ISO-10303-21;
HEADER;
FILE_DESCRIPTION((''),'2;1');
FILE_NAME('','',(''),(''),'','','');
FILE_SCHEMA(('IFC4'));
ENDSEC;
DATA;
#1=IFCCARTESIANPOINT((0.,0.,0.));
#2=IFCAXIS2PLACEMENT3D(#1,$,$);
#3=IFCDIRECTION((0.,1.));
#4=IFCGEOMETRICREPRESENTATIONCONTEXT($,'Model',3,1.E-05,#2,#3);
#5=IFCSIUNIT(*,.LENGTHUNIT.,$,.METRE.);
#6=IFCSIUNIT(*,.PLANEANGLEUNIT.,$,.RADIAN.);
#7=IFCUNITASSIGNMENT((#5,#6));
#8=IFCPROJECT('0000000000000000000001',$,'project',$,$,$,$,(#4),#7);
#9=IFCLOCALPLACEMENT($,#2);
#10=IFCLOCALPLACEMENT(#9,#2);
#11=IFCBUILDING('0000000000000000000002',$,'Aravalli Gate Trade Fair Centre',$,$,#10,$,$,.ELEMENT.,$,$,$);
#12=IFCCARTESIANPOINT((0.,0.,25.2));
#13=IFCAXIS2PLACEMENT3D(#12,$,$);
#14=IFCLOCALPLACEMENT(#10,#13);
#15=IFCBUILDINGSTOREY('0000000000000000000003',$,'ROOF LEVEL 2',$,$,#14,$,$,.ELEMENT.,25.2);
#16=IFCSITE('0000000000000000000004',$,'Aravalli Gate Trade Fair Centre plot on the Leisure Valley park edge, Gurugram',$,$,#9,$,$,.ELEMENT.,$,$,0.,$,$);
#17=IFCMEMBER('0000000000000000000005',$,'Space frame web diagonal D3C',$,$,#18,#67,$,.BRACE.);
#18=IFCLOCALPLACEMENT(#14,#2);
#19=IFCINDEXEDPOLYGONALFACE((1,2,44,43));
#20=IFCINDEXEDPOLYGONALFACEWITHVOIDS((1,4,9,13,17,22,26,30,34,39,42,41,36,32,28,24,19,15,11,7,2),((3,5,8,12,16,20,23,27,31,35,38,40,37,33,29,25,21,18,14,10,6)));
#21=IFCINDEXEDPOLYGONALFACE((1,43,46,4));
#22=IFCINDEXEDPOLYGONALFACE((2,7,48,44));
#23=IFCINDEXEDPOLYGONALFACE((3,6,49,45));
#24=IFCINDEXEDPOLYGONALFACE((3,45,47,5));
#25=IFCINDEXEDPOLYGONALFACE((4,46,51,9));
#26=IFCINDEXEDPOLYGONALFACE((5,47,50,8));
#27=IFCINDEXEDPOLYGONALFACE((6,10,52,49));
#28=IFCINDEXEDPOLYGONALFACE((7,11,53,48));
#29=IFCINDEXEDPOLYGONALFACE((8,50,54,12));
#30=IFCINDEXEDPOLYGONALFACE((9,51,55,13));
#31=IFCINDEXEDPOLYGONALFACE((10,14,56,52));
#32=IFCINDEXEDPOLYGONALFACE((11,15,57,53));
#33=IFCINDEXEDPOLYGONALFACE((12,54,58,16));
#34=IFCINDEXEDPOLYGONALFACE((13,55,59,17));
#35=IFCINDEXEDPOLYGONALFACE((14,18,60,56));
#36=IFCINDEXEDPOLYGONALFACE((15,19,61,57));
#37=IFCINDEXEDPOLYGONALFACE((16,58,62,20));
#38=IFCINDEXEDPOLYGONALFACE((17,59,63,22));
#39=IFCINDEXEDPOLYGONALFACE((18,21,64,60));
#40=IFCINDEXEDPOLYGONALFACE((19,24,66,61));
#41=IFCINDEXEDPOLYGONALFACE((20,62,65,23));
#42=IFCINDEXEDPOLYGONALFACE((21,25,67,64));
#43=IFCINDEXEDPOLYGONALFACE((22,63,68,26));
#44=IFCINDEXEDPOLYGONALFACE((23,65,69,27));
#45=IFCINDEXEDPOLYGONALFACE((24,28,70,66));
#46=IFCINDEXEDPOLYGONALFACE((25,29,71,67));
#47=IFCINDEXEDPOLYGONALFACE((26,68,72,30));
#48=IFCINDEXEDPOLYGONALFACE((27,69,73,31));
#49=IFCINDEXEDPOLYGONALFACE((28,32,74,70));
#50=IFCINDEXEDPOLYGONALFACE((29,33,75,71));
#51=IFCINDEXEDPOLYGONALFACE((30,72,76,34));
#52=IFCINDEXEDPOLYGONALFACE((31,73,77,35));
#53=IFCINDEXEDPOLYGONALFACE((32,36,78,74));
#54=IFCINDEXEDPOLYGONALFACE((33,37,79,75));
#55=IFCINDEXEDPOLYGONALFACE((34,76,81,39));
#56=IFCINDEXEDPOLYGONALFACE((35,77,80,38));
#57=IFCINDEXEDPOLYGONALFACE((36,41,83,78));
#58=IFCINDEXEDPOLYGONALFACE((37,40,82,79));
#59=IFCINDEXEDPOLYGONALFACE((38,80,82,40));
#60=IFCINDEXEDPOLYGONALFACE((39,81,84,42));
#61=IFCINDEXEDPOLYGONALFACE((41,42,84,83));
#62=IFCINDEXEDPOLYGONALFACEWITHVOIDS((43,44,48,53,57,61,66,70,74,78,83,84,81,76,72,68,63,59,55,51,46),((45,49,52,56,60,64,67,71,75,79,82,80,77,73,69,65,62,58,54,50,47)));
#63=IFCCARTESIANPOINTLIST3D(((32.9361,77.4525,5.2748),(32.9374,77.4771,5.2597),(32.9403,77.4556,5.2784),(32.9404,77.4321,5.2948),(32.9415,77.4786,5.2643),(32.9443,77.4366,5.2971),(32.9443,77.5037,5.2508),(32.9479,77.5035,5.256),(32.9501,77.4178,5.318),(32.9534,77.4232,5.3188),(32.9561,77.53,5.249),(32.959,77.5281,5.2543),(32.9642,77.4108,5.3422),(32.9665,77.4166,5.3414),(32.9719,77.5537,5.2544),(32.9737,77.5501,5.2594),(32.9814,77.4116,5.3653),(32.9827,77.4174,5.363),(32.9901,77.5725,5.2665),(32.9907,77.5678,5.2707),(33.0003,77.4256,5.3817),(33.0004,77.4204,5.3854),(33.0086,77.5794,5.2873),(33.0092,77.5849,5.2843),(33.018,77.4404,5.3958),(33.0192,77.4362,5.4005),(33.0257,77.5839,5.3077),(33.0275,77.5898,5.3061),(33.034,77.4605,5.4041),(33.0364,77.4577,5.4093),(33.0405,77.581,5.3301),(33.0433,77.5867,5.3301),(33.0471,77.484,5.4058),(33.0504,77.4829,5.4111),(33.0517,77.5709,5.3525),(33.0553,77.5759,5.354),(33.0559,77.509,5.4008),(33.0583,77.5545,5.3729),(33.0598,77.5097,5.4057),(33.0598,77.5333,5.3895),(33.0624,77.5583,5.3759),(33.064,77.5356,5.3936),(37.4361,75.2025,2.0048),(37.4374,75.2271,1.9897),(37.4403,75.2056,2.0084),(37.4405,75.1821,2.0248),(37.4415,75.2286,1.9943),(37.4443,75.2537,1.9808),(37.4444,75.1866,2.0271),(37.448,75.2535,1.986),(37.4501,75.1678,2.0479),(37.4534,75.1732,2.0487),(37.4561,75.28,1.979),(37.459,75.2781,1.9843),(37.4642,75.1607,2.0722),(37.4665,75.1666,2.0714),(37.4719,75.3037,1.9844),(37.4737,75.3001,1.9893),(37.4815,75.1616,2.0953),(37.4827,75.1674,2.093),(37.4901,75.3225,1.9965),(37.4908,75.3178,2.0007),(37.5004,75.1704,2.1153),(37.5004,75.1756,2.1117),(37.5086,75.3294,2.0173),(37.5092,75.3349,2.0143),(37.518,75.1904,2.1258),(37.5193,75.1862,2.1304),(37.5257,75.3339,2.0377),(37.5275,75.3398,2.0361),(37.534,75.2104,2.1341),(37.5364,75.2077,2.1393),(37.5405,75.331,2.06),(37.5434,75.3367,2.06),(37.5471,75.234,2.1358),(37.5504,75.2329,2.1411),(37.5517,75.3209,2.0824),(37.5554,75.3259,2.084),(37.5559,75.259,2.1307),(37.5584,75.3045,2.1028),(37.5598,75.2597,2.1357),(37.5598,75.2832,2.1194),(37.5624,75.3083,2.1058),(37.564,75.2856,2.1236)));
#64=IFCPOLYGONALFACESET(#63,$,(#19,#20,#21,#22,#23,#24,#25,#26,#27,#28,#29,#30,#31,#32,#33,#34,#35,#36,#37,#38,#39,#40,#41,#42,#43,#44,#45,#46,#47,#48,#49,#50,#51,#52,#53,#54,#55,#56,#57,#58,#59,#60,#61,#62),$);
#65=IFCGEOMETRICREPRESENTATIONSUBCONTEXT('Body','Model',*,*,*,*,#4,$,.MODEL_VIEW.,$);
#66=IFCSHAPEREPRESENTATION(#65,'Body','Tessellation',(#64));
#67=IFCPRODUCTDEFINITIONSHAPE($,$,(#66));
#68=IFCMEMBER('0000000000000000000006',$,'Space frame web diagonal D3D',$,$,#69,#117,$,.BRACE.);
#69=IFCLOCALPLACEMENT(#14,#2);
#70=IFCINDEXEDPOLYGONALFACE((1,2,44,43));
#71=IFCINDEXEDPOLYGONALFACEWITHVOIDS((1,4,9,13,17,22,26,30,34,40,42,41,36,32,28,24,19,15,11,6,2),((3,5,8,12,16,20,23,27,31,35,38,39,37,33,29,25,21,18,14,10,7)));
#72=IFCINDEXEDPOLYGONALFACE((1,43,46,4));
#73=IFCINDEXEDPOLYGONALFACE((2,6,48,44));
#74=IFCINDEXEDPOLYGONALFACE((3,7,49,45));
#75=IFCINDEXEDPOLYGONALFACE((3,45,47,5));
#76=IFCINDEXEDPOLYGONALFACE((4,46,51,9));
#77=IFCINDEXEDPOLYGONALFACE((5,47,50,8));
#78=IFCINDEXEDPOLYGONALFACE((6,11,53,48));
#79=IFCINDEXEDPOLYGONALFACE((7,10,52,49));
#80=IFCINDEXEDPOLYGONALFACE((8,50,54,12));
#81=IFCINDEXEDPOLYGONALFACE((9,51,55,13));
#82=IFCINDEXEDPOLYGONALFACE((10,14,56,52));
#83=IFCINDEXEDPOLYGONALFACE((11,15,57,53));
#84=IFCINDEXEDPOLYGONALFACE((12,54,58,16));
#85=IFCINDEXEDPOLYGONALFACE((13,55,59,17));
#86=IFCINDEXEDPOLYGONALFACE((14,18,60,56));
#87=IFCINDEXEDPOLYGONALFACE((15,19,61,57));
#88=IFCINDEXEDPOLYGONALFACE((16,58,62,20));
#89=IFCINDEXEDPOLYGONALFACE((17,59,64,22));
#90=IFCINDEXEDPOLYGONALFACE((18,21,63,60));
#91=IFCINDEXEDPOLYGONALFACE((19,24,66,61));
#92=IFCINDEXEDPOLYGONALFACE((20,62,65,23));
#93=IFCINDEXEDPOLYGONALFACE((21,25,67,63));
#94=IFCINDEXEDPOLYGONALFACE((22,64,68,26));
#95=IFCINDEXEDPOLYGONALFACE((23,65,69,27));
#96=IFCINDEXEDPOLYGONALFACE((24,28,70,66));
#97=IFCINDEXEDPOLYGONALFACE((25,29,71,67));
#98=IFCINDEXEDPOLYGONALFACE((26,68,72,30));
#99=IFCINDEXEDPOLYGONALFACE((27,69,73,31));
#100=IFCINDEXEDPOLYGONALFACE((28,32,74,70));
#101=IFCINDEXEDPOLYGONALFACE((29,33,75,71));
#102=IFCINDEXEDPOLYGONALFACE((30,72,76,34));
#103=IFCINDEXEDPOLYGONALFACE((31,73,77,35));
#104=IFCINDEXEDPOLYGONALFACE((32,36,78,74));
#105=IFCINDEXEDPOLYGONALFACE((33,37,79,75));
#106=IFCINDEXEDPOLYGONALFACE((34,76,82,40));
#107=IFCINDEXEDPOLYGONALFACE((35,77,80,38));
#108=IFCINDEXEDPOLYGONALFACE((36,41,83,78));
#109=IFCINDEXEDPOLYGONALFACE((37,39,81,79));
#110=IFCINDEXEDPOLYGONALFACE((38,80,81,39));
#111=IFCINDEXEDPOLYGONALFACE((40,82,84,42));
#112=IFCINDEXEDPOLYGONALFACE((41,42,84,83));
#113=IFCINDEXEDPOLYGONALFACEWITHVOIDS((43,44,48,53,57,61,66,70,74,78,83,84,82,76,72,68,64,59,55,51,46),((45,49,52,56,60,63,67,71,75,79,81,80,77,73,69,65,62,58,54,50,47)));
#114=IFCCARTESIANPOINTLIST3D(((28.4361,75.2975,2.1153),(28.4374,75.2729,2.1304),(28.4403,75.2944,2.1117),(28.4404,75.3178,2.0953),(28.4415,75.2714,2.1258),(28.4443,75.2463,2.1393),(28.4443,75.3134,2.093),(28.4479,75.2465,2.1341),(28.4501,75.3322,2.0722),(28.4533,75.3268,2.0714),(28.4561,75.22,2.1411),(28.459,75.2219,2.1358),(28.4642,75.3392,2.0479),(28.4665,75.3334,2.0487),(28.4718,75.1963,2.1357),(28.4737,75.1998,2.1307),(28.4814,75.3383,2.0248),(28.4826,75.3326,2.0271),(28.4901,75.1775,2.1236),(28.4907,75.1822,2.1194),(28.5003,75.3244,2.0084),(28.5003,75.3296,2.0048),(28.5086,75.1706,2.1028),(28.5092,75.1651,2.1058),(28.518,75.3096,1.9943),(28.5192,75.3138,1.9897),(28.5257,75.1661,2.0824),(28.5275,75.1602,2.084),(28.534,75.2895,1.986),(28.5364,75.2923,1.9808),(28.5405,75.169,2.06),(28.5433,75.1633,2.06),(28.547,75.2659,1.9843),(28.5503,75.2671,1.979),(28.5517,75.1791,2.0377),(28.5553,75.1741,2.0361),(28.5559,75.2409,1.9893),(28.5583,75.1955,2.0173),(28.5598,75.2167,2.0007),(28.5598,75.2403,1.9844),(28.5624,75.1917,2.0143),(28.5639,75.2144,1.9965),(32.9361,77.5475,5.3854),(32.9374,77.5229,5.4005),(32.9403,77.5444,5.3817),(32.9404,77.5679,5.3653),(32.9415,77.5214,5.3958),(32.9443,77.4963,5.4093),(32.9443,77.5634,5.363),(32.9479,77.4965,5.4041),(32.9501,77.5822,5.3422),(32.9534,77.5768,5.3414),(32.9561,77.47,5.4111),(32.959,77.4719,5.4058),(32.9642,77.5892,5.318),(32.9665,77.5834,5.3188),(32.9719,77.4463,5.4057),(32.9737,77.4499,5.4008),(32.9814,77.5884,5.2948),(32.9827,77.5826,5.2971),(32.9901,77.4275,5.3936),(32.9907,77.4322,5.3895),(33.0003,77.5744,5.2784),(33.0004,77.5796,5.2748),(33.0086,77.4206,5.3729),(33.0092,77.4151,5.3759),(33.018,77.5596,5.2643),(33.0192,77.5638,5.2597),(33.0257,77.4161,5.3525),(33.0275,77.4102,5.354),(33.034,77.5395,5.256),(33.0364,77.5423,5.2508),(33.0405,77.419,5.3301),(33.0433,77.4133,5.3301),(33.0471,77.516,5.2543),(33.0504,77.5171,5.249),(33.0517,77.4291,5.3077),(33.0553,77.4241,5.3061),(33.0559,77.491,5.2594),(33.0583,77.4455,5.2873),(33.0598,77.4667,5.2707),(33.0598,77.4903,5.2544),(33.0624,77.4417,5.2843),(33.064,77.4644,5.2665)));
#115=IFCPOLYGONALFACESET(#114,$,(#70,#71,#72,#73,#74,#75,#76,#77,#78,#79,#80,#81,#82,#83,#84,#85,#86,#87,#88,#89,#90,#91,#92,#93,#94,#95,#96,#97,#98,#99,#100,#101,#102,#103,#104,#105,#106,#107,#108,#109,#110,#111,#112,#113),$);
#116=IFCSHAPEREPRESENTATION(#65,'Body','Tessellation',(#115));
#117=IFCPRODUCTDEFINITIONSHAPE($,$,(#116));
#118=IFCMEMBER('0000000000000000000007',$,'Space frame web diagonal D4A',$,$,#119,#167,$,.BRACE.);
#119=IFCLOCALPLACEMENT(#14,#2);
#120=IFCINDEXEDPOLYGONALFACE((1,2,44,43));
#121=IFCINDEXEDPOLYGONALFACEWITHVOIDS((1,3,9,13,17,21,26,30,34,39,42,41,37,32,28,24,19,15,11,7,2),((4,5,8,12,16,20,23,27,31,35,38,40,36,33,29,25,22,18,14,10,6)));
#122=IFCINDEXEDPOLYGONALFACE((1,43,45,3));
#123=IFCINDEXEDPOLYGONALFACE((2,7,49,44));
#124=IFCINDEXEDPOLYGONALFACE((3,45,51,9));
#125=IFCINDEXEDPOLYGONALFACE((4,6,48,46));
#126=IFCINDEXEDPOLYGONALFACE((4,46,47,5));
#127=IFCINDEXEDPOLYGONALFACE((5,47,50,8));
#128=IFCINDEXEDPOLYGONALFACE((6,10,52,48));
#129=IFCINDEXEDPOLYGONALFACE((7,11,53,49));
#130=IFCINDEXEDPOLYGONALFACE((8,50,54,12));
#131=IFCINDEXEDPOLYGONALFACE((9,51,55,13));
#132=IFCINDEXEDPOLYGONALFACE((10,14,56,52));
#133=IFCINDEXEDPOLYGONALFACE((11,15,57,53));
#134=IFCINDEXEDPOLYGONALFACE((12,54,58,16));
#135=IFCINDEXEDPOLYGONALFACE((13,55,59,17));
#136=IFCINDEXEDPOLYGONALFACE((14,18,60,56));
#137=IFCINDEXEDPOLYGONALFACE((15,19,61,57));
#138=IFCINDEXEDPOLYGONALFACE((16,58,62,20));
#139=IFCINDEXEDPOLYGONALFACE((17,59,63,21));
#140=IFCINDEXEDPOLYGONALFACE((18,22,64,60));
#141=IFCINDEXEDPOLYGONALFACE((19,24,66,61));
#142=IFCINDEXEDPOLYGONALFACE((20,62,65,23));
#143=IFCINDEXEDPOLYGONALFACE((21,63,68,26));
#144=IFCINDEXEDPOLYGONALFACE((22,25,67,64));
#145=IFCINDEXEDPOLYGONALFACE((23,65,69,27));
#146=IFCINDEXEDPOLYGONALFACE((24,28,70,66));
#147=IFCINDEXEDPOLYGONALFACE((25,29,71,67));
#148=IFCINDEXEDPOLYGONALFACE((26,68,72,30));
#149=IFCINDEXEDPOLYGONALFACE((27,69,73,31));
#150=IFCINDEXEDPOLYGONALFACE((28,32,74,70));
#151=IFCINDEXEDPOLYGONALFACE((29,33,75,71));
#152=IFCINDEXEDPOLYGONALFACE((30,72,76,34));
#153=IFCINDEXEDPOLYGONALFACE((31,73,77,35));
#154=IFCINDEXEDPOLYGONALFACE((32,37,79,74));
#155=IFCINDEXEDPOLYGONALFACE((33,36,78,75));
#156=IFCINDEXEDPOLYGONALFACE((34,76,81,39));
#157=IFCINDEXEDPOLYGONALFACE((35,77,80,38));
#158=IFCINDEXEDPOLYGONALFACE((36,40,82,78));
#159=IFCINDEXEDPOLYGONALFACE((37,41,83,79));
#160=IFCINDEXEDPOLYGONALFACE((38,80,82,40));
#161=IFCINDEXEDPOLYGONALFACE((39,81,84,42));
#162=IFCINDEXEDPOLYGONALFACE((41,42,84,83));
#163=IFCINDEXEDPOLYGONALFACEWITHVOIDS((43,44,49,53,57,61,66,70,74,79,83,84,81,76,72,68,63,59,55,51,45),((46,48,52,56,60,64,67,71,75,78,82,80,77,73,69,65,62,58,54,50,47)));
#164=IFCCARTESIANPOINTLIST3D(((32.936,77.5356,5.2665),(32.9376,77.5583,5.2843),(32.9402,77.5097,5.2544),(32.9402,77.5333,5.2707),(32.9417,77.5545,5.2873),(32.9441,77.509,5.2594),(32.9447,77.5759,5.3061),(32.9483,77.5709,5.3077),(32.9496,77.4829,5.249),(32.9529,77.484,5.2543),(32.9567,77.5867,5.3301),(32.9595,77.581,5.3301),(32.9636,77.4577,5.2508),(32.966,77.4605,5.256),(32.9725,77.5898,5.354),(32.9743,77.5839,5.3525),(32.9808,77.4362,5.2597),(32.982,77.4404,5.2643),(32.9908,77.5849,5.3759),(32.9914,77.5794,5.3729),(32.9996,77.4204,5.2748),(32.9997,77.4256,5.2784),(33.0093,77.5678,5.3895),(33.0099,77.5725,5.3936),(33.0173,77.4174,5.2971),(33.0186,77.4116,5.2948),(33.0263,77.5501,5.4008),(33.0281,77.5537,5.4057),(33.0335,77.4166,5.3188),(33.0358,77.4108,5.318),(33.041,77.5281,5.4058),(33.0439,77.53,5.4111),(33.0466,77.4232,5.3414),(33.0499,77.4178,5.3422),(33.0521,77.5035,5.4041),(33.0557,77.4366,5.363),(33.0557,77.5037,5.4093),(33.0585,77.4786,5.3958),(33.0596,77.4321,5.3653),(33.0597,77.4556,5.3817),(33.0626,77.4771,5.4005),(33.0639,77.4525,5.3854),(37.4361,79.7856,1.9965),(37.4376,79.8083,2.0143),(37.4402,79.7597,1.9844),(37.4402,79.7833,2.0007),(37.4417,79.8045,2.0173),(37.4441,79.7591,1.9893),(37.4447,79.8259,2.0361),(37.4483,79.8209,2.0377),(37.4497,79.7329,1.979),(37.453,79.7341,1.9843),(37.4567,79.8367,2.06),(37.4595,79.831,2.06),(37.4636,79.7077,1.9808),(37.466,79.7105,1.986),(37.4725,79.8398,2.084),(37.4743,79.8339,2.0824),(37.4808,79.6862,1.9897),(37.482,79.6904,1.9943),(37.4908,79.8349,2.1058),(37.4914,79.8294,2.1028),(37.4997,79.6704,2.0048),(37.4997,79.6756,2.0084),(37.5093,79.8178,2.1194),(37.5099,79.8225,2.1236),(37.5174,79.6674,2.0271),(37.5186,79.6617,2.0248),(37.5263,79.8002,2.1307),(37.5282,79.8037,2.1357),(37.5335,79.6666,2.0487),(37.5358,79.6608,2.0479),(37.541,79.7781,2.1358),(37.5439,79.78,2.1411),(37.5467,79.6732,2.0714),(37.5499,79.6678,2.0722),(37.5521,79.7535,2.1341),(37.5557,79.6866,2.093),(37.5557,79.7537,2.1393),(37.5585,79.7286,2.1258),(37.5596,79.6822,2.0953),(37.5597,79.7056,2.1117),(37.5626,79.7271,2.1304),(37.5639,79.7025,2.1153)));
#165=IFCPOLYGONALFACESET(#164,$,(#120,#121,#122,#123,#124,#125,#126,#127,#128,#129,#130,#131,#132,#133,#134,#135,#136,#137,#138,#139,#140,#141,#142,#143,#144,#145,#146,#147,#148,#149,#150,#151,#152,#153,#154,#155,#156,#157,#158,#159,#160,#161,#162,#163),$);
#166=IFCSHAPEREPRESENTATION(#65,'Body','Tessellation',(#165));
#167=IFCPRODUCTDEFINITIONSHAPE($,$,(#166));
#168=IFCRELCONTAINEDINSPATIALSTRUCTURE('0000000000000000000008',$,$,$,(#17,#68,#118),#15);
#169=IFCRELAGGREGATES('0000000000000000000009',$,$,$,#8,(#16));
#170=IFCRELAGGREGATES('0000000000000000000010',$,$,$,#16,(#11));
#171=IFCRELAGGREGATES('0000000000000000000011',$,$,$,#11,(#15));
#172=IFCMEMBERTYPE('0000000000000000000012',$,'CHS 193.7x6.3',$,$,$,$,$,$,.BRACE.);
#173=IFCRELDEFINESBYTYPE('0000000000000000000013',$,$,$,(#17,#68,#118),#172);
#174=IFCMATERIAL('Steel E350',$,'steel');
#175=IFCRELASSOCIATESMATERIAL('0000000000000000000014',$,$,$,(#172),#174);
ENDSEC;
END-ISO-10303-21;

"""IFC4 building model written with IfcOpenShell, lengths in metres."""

from ifc_helpers import new_model, si_unit, direction, frame, origin, origin_2d, place, context, subcontext, project, spatial, hollow_circle, extrude, material, material_profile, profile_set, type_object, element, save


model = new_model("IFC4")

# Units and contexts
model_context = context("Model", 3, precision=1e-05, world=origin(), true_north=direction((0.0, 1.0)))
body_context = subcontext(model_context, "Body", "Model", "MODEL_VIEW")
ifc_project = project(units=[si_unit("LENGTHUNIT", "METRE"), si_unit("PLANEANGLEUNIT", "RADIAN")], contexts=[model_context])

# Site, building, storey
site_placement = place(None, origin())
site = spatial("IfcSite", under=ifc_project, at=site_placement, Name="Aravalli Gate Trade Fair Centre plot on the Leisure Valley park edge, Gurugram", CompositionType="ELEMENT", RefElevation=0.0)
building_placement = place(site_placement, origin())
building = spatial("IfcBuilding", under=site, at=building_placement, Name="Aravalli Gate Trade Fair Centre", CompositionType="ELEMENT")
storey_placement = place(building_placement, frame((0.0, 0.0, 25.2)))
storey = spatial("IfcBuildingStorey", under=building, at=storey_placement, Name="ROOF LEVEL 2", CompositionType="ELEMENT", Elevation=25.2)

# Members
ifc_material_1 = material(Name="Steel E350", Category="steel")
ifc_material_profile_1 = material_profile(ifc_material_1, hollow_circle(Radius=0.0969, WallThickness=0.0063, at=origin_2d()), Name="CHS 193.7x6.3")
ifc_profile_set_1 = profile_set([ifc_material_profile_1], Name="Steel E350")
member_type_1 = type_object("IfcMemberType", Name="CHS 193.7x6.3", PredefinedType="BRACE", material=ifc_profile_set_1)
for number, where, z_axis, x_axis, name in (
    (1, (33.0, 77.5, 5.3301), (0.749942, -0.374971, -0.544961), (0.447214, 0.894427, 0.0), "Space frame web diagonal D3C"),
    (2, (33.0, 77.5, 5.3301), (-0.749942, -0.374971, -0.544961), (0.447214, -0.894427, 0.0), "Space frame web diagonal D3D"),
    (3, (33.0, 77.5, 5.3301), (0.749942, 0.374971, -0.544961), (-0.447214, 0.894427, 0.0), "Space frame web diagonal D4A"),
):
    element("IfcMember", number, at=place(storey_placement, frame(where, z_axis=z_axis, x_axis=x_axis)), inside=storey, type_object=member_type_1, Name=name, PredefinedType="BRACE", context=body_context, shape_type="SweptSolid", body=[
        extrude(hollow_circle(Radius=0.0969, WallThickness=0.0063, at=origin_2d()), origin(), (0.0, 0.0, 1.0), 6.0005),
    ])

save(model, "model.ifc")
